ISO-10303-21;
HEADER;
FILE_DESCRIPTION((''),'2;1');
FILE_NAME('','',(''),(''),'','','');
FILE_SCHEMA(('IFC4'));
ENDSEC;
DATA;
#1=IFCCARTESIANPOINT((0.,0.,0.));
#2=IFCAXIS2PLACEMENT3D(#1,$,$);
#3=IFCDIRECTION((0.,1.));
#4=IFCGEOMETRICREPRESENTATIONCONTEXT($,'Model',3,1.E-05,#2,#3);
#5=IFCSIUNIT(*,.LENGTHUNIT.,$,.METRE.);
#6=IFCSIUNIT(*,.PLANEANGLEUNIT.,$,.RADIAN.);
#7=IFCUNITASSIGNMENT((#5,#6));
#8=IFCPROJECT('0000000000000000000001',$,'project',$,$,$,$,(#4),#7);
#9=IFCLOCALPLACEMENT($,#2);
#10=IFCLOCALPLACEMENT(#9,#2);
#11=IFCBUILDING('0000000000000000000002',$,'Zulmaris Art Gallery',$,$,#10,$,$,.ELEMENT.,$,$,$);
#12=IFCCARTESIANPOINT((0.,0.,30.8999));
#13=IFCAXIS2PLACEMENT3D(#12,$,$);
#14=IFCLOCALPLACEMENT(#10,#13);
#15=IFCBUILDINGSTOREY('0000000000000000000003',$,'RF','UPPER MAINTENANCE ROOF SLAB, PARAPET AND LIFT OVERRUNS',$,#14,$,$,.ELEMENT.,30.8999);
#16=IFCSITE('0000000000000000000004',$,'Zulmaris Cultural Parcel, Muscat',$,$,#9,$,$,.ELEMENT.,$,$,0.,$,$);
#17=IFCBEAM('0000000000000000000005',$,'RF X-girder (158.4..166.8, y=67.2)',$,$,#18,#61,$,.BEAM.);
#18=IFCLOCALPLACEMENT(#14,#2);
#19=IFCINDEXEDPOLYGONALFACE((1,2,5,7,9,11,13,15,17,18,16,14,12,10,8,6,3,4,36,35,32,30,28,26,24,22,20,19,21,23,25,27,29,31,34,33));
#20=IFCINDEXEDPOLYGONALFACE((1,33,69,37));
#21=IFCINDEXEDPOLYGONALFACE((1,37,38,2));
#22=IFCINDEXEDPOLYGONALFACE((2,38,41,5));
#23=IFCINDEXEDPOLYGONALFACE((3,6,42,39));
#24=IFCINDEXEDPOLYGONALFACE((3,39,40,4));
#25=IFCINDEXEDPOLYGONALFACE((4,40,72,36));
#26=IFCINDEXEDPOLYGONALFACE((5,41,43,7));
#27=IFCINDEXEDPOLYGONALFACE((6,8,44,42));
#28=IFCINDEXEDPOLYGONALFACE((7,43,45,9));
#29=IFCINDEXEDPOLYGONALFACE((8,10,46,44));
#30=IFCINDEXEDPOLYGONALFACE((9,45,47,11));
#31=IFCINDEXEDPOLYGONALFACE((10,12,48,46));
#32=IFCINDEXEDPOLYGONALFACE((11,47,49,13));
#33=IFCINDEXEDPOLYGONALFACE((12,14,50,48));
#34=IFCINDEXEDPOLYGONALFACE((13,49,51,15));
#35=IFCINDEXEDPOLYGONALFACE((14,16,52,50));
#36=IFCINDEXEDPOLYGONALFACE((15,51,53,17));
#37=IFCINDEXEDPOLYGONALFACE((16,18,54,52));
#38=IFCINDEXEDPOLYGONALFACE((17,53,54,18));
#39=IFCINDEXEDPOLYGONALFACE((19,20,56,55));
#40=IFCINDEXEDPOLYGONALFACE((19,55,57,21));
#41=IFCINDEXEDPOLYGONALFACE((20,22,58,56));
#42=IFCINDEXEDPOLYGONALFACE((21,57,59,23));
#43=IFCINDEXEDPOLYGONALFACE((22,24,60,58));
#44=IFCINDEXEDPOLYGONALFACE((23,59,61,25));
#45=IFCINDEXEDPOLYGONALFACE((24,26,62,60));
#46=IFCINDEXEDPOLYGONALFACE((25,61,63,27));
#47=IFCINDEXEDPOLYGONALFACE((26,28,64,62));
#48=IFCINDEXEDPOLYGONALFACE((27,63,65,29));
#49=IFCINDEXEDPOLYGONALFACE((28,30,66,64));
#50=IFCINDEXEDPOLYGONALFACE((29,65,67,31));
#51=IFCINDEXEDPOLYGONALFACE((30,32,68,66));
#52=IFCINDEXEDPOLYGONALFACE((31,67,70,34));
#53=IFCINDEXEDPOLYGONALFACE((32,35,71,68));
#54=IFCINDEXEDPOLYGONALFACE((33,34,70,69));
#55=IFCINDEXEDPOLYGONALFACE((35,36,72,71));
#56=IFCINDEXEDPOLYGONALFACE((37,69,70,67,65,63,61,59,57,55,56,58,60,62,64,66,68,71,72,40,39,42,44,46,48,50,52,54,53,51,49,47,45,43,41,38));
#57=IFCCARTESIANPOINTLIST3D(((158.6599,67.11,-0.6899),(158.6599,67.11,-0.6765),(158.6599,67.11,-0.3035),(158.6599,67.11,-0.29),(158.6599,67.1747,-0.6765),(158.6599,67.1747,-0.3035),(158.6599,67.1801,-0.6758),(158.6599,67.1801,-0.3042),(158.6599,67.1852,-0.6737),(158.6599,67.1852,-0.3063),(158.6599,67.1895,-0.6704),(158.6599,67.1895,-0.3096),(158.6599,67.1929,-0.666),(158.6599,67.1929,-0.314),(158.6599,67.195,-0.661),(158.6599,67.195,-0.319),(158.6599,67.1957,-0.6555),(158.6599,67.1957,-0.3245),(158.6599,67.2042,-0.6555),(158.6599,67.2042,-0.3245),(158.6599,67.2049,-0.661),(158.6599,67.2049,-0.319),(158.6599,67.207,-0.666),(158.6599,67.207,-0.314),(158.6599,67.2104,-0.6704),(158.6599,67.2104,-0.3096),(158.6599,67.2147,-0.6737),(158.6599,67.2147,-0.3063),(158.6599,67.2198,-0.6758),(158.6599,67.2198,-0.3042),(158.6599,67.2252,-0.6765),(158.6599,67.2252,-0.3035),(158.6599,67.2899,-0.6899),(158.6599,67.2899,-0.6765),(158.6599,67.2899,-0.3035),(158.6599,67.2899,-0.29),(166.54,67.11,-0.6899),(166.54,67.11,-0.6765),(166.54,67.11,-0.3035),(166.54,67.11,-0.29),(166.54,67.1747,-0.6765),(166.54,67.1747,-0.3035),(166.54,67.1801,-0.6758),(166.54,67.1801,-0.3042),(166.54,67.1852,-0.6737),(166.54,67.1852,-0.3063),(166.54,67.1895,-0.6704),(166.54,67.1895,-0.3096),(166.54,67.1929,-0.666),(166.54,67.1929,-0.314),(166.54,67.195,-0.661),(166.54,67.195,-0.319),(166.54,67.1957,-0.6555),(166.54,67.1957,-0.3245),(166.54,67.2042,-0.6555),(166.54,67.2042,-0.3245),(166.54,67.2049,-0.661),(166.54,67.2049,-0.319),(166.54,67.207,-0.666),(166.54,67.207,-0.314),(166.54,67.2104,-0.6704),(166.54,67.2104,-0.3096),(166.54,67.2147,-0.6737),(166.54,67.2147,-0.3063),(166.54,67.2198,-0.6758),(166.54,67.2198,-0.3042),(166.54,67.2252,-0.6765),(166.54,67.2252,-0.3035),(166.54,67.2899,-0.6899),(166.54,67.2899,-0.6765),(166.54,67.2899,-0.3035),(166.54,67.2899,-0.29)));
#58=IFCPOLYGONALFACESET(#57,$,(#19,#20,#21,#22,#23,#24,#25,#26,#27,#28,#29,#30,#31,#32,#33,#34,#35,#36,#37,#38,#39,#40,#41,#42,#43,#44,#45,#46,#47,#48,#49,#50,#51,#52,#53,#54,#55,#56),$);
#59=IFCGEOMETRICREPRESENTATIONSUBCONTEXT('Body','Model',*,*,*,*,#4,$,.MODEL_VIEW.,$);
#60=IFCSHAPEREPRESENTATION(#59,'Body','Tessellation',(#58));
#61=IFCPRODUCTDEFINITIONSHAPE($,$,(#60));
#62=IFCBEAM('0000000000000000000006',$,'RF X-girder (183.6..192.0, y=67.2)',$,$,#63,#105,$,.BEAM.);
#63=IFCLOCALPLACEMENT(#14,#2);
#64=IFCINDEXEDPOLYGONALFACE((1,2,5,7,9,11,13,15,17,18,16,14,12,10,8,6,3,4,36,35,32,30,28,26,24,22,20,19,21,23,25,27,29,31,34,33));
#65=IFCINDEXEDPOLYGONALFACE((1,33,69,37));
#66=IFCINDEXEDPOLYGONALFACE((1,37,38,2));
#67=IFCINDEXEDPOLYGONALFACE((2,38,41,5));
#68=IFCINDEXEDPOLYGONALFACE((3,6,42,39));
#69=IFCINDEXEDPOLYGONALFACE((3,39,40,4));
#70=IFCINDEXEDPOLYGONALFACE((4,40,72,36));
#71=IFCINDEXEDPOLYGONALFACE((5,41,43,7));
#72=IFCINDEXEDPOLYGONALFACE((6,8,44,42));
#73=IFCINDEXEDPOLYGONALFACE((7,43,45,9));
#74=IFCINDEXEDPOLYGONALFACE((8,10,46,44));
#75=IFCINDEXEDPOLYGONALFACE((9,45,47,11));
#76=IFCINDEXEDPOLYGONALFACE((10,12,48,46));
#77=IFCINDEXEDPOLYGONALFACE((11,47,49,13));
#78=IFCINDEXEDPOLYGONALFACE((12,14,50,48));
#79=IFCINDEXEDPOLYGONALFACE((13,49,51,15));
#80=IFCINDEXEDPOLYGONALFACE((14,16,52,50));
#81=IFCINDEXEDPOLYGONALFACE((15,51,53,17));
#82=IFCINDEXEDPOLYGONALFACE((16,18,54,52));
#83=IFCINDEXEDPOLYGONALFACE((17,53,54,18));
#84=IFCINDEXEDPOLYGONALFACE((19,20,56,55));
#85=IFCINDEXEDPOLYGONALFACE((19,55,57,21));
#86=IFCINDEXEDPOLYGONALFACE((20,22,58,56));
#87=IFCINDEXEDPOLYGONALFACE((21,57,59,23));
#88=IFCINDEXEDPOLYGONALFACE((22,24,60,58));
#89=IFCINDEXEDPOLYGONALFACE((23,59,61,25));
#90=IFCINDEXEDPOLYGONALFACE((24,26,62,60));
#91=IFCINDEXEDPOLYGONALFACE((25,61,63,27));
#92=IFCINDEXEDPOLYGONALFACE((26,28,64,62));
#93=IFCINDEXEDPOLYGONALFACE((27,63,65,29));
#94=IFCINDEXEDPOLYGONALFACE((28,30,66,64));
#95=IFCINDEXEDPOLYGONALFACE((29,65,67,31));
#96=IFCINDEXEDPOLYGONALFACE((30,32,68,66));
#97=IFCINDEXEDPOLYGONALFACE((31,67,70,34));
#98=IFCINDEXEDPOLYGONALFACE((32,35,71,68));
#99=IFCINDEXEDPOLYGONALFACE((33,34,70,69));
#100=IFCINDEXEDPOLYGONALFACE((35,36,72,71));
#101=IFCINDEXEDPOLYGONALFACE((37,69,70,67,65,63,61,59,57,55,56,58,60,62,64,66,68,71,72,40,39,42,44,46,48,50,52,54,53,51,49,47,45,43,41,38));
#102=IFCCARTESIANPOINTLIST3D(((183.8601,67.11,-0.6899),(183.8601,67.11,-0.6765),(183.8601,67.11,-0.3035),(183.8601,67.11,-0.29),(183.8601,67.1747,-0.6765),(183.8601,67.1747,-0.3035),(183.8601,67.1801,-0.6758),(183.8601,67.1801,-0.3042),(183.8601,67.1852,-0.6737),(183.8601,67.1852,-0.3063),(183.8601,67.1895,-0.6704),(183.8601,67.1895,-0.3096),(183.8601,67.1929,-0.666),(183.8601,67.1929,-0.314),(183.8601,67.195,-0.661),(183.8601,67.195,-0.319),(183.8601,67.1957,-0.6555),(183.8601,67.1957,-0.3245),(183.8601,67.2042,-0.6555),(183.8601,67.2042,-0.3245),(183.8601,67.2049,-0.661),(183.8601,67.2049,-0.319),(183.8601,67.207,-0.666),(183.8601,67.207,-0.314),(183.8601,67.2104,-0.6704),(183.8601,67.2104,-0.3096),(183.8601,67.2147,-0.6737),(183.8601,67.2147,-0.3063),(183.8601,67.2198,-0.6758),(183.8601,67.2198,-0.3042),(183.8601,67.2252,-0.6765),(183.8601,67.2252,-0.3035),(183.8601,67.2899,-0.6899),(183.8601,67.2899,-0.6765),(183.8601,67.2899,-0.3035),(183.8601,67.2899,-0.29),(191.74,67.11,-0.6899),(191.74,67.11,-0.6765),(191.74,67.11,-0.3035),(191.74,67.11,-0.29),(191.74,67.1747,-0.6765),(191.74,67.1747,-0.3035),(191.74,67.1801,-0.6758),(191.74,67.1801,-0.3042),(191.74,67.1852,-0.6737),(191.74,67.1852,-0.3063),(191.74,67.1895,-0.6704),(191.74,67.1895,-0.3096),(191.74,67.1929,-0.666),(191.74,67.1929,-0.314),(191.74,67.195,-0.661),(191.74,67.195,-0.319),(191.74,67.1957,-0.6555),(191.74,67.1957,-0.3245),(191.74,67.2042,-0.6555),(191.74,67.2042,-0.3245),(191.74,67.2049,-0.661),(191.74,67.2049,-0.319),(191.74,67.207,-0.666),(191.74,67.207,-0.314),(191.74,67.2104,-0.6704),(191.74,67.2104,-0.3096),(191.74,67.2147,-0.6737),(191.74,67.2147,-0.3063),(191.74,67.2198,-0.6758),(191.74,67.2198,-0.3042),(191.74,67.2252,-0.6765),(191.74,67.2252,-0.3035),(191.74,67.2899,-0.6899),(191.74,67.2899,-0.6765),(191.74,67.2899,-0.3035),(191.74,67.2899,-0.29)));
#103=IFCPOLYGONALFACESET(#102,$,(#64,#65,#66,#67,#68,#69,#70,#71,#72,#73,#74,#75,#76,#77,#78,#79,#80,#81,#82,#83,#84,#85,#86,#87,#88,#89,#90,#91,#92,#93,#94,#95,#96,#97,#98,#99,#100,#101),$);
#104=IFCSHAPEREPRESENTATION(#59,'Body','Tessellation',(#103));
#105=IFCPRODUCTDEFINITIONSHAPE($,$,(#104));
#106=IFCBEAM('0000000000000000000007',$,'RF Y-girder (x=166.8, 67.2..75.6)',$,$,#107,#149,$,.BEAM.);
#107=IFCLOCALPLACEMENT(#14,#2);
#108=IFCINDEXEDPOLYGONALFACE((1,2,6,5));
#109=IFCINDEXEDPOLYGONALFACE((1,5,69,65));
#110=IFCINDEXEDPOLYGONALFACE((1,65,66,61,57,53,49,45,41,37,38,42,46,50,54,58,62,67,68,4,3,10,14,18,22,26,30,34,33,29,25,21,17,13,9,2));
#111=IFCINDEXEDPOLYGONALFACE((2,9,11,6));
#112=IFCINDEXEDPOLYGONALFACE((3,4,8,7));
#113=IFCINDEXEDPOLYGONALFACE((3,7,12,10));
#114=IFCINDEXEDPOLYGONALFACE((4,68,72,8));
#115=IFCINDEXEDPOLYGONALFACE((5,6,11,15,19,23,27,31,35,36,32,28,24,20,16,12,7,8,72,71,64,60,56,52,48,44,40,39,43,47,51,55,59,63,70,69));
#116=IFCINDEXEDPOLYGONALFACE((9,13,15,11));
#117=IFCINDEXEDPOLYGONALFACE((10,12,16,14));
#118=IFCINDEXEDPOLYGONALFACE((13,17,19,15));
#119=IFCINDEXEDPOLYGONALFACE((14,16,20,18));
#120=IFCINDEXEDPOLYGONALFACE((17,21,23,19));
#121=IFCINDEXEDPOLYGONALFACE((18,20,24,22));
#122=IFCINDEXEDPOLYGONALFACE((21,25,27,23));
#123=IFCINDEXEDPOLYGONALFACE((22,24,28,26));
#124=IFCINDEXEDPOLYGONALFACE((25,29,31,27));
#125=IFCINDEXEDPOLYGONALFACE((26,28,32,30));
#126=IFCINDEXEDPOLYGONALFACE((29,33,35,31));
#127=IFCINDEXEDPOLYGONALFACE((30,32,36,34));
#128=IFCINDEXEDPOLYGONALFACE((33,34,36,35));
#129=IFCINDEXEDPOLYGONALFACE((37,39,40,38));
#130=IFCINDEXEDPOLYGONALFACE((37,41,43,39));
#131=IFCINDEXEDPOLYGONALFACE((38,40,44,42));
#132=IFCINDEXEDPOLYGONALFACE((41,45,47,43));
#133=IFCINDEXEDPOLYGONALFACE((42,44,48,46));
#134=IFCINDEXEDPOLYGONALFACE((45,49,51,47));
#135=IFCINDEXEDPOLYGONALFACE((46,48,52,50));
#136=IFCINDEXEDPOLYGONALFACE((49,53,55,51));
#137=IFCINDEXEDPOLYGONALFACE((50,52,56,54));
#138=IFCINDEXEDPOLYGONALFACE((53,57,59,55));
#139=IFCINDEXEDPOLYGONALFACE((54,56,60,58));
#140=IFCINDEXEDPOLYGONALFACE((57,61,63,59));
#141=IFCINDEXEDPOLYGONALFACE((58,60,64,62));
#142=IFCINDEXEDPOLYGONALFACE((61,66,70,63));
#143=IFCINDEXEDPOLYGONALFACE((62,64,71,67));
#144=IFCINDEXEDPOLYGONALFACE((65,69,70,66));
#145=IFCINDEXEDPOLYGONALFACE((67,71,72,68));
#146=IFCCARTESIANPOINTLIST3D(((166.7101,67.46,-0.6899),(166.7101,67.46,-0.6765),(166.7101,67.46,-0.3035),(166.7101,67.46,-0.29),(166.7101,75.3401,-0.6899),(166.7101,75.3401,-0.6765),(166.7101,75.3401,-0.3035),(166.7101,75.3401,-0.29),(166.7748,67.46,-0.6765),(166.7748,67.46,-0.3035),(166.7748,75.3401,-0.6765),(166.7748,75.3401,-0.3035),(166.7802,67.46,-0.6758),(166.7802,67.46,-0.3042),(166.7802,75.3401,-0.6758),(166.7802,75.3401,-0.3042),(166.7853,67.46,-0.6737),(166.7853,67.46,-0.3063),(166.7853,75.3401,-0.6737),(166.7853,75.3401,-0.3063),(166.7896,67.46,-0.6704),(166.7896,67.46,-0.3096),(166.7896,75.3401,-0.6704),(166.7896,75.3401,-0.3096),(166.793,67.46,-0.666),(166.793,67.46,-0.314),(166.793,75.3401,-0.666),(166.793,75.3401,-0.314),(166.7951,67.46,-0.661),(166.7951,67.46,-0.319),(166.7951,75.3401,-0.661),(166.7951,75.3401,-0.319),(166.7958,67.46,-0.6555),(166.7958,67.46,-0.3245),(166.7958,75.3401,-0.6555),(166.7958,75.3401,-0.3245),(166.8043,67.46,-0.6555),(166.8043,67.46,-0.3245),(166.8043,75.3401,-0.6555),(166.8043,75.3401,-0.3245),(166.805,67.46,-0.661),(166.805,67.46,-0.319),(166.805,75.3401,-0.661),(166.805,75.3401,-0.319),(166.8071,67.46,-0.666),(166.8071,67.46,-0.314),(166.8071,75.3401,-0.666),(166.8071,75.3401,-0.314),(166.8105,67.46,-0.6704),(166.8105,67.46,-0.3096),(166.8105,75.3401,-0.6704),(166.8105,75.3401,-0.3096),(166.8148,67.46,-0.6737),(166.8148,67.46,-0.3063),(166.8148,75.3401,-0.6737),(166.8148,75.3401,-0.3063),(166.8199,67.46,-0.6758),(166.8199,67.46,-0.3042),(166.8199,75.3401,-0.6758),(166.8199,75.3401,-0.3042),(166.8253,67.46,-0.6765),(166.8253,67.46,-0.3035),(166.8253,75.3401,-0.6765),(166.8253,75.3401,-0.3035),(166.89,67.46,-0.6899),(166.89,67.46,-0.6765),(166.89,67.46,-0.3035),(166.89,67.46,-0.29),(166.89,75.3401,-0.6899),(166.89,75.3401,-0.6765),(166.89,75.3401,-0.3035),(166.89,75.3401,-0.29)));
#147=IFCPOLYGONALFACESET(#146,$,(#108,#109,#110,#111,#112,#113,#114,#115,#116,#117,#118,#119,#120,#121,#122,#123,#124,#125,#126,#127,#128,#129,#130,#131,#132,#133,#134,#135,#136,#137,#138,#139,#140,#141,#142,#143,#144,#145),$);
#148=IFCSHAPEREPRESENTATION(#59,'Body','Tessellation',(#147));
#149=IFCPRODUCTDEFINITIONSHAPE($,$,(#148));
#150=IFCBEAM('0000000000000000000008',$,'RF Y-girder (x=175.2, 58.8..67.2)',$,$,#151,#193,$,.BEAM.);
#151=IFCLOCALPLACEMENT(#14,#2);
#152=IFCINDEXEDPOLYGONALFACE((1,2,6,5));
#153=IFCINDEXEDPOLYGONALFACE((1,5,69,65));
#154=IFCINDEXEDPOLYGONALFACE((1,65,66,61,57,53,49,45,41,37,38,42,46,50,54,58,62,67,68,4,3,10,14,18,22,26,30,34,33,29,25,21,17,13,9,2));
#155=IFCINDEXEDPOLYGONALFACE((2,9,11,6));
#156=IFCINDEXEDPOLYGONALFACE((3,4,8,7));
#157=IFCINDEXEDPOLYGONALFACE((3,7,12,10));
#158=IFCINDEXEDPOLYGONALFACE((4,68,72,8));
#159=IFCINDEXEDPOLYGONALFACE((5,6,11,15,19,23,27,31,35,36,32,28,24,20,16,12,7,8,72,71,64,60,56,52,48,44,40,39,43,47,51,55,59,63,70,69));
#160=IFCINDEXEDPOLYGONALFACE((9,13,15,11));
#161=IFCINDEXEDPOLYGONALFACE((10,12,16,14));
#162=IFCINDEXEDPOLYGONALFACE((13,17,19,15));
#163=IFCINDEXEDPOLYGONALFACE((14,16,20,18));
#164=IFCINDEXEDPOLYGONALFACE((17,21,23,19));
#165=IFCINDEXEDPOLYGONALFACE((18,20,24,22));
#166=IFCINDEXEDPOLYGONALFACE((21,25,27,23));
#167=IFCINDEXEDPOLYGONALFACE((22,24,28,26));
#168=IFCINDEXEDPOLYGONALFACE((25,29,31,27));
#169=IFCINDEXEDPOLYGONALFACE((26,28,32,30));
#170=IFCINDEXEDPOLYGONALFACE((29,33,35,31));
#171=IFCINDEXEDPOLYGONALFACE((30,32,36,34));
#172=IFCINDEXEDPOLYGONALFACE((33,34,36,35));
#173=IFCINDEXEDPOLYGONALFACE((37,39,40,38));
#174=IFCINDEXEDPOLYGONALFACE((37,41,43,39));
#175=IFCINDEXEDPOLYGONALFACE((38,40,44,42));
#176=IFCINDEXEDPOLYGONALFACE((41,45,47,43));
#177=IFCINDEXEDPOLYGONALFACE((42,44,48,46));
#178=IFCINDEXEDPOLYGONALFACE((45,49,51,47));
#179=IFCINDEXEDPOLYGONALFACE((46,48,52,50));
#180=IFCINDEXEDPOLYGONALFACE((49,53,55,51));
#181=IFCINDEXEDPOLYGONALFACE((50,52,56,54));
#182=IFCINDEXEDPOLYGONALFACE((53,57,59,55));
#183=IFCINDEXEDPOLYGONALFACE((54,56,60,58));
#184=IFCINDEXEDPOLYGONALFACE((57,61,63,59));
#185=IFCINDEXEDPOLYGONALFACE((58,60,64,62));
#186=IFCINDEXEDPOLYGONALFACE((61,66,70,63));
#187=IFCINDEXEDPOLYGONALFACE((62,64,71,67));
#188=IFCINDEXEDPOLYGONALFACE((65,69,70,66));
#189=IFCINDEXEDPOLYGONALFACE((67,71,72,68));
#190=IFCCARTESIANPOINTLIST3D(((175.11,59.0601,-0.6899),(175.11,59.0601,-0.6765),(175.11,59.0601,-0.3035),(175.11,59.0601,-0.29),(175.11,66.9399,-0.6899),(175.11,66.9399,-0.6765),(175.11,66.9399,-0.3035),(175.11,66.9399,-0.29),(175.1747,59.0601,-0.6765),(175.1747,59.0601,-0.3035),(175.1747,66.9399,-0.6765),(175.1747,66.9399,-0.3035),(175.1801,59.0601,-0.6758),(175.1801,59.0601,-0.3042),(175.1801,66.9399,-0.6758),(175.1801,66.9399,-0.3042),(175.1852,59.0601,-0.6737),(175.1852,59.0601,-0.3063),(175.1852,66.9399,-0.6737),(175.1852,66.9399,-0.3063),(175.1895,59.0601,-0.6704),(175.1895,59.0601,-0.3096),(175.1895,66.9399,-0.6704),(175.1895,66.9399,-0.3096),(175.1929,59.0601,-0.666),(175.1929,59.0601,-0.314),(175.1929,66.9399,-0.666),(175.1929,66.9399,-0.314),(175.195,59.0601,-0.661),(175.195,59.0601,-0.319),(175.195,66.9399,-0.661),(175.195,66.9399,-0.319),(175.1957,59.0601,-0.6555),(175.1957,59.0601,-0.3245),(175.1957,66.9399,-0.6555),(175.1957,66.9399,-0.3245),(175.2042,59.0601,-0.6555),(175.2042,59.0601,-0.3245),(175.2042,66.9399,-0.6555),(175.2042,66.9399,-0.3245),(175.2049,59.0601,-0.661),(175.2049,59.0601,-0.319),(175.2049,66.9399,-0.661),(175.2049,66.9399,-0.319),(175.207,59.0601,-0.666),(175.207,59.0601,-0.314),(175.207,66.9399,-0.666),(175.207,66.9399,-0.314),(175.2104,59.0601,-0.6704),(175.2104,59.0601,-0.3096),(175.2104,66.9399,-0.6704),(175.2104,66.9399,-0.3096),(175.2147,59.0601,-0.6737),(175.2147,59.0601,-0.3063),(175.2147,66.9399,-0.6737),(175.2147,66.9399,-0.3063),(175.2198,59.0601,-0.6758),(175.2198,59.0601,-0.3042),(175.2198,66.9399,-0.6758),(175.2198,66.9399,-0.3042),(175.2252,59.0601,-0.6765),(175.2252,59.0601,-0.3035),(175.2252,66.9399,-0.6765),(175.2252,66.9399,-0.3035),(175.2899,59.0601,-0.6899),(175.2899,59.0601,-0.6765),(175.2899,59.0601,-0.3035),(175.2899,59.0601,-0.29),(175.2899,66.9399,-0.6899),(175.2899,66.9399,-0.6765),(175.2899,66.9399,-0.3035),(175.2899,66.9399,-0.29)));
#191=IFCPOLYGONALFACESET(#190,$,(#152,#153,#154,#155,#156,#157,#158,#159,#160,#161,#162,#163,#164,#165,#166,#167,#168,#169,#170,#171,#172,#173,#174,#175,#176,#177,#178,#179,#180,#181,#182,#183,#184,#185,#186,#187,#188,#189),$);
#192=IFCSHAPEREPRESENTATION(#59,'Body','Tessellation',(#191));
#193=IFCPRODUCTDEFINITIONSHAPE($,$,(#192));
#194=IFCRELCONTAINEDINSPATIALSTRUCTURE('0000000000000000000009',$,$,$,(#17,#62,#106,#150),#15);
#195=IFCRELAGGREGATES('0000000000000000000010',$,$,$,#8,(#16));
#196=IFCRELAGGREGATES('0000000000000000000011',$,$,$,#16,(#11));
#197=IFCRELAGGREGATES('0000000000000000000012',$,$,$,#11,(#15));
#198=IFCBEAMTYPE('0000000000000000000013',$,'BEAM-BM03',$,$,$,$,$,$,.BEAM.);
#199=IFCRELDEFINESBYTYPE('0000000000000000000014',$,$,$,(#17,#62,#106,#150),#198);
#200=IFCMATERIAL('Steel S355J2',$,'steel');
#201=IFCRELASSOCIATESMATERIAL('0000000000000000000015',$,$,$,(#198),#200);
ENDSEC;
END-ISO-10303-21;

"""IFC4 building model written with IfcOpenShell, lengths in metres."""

from ifc_helpers import new_model, si_unit, direction, frame, origin, origin_2d, place, context, subcontext, project, spatial, i_section, extrude, material, material_profile, profile_set, type_object, element, save


model = new_model("IFC4")

# Units and contexts
model_context = context("Model", 3, precision=1e-05, world=origin(), true_north=direction((0.0, 1.0)))
body_context = subcontext(model_context, "Body", "Model", "MODEL_VIEW")
ifc_project = project(units=[si_unit("LENGTHUNIT", "METRE"), si_unit("PLANEANGLEUNIT", "RADIAN")], contexts=[model_context])

# Site, building, storey
site_placement = place(None, origin())
site = spatial("IfcSite", under=ifc_project, at=site_placement, Name="Zulmaris Cultural Parcel, Muscat", CompositionType="ELEMENT", RefElevation=0.0)
building_placement = place(site_placement, origin())
building = spatial("IfcBuilding", under=site, at=building_placement, Name="Zulmaris Art Gallery", CompositionType="ELEMENT")
storey_placement = place(building_placement, frame((0.0, 0.0, 30.8999)))
storey = spatial("IfcBuildingStorey", under=building, at=storey_placement, Name="RF", Description="UPPER MAINTENANCE ROOF SLAB, PARAPET AND LIFT OVERRUNS", CompositionType="ELEMENT", Elevation=30.8999)

# Beams
ifc_material_1 = material(Name="Steel S355J2", Category="steel")
ifc_material_profile_1 = material_profile(ifc_material_1, i_section(OverallWidth=0.1799, OverallDepth=0.3999, WebThickness=0.0085, FlangeThickness=0.0134, FilletRadius=0.021, at=origin_2d()), Name="IPE 400")
ifc_profile_set_1 = profile_set([ifc_material_profile_1], Name="Steel S355J2")
beam_type_1 = type_object("IfcBeamType", Name="BEAM-BM03", PredefinedType="BEAM", material=ifc_profile_set_1)
beam_1_placement = place(storey_placement, frame((158.6599, 67.2, -0.49), z_axis=(1.0, 0.0, 0.0), x_axis=(0.0, 1.0, 0.0)))
element("IfcBeam", 1, at=beam_1_placement, inside=storey, type_object=beam_type_1, Name="RF X-girder (158.4..166.8, y=67.2)", PredefinedType="BEAM", context=body_context, shape_type="SweptSolid", body=[
    extrude(i_section(OverallWidth=0.1799, OverallDepth=0.3999, WebThickness=0.0085, FlangeThickness=0.0134, FilletRadius=0.021, at=origin_2d()), origin(), (0.0, 0.0, 1.0), 7.8801),
])
beam_2_placement = place(storey_placement, frame((183.8601, 67.2, -0.49), z_axis=(1.0, 0.0, 0.0), x_axis=(0.0, 1.0, 0.0)))
element("IfcBeam", 2, at=beam_2_placement, inside=storey, type_object=beam_type_1, Name="RF X-girder (183.6..192.0, y=67.2)", PredefinedType="BEAM", context=body_context, shape_type="SweptSolid", body=[
    extrude(i_section(OverallWidth=0.1799, OverallDepth=0.3999, WebThickness=0.0085, FlangeThickness=0.0134, FilletRadius=0.021, at=origin_2d()), origin(), (0.0, 0.0, 1.0), 7.8799),
])
beam_3_placement = place(storey_placement, frame((166.8, 67.46, -0.49), z_axis=(0.0, 1.0, 0.0), x_axis=(-1.0, 0.0, 0.0)))
element("IfcBeam", 3, at=beam_3_placement, inside=storey, type_object=beam_type_1, Name="RF Y-girder (x=166.8, 67.2..75.6)", PredefinedType="BEAM", context=body_context, shape_type="SweptSolid", body=[
    extrude(i_section(OverallWidth=0.1799, OverallDepth=0.3999, WebThickness=0.0085, FlangeThickness=0.0134, FilletRadius=0.021, at=origin_2d()), origin(), (0.0, 0.0, 1.0), 7.8801),
])
for number, where, z_axis, x_axis, name in (
    (4, (175.2, 59.0601, -0.49), (0.0, 1.0, 0.0), (-1.0, 0.0, 0.0), "RF Y-girder (x=175.2, 58.8..67.2)"),
):
    element("IfcBeam", number, at=place(storey_placement, frame(where, z_axis=z_axis, x_axis=x_axis)), inside=storey, type_object=beam_type_1, Name=name, PredefinedType="BEAM", context=body_context, shape_type="SweptSolid", body=[
        extrude(i_section(OverallWidth=0.1799, OverallDepth=0.3999, WebThickness=0.0085, FlangeThickness=0.0134, FilletRadius=0.021, at=origin_2d()), origin(), (0.0, 0.0, 1.0), 7.8799),
    ])

save(model, "model.ifc")
